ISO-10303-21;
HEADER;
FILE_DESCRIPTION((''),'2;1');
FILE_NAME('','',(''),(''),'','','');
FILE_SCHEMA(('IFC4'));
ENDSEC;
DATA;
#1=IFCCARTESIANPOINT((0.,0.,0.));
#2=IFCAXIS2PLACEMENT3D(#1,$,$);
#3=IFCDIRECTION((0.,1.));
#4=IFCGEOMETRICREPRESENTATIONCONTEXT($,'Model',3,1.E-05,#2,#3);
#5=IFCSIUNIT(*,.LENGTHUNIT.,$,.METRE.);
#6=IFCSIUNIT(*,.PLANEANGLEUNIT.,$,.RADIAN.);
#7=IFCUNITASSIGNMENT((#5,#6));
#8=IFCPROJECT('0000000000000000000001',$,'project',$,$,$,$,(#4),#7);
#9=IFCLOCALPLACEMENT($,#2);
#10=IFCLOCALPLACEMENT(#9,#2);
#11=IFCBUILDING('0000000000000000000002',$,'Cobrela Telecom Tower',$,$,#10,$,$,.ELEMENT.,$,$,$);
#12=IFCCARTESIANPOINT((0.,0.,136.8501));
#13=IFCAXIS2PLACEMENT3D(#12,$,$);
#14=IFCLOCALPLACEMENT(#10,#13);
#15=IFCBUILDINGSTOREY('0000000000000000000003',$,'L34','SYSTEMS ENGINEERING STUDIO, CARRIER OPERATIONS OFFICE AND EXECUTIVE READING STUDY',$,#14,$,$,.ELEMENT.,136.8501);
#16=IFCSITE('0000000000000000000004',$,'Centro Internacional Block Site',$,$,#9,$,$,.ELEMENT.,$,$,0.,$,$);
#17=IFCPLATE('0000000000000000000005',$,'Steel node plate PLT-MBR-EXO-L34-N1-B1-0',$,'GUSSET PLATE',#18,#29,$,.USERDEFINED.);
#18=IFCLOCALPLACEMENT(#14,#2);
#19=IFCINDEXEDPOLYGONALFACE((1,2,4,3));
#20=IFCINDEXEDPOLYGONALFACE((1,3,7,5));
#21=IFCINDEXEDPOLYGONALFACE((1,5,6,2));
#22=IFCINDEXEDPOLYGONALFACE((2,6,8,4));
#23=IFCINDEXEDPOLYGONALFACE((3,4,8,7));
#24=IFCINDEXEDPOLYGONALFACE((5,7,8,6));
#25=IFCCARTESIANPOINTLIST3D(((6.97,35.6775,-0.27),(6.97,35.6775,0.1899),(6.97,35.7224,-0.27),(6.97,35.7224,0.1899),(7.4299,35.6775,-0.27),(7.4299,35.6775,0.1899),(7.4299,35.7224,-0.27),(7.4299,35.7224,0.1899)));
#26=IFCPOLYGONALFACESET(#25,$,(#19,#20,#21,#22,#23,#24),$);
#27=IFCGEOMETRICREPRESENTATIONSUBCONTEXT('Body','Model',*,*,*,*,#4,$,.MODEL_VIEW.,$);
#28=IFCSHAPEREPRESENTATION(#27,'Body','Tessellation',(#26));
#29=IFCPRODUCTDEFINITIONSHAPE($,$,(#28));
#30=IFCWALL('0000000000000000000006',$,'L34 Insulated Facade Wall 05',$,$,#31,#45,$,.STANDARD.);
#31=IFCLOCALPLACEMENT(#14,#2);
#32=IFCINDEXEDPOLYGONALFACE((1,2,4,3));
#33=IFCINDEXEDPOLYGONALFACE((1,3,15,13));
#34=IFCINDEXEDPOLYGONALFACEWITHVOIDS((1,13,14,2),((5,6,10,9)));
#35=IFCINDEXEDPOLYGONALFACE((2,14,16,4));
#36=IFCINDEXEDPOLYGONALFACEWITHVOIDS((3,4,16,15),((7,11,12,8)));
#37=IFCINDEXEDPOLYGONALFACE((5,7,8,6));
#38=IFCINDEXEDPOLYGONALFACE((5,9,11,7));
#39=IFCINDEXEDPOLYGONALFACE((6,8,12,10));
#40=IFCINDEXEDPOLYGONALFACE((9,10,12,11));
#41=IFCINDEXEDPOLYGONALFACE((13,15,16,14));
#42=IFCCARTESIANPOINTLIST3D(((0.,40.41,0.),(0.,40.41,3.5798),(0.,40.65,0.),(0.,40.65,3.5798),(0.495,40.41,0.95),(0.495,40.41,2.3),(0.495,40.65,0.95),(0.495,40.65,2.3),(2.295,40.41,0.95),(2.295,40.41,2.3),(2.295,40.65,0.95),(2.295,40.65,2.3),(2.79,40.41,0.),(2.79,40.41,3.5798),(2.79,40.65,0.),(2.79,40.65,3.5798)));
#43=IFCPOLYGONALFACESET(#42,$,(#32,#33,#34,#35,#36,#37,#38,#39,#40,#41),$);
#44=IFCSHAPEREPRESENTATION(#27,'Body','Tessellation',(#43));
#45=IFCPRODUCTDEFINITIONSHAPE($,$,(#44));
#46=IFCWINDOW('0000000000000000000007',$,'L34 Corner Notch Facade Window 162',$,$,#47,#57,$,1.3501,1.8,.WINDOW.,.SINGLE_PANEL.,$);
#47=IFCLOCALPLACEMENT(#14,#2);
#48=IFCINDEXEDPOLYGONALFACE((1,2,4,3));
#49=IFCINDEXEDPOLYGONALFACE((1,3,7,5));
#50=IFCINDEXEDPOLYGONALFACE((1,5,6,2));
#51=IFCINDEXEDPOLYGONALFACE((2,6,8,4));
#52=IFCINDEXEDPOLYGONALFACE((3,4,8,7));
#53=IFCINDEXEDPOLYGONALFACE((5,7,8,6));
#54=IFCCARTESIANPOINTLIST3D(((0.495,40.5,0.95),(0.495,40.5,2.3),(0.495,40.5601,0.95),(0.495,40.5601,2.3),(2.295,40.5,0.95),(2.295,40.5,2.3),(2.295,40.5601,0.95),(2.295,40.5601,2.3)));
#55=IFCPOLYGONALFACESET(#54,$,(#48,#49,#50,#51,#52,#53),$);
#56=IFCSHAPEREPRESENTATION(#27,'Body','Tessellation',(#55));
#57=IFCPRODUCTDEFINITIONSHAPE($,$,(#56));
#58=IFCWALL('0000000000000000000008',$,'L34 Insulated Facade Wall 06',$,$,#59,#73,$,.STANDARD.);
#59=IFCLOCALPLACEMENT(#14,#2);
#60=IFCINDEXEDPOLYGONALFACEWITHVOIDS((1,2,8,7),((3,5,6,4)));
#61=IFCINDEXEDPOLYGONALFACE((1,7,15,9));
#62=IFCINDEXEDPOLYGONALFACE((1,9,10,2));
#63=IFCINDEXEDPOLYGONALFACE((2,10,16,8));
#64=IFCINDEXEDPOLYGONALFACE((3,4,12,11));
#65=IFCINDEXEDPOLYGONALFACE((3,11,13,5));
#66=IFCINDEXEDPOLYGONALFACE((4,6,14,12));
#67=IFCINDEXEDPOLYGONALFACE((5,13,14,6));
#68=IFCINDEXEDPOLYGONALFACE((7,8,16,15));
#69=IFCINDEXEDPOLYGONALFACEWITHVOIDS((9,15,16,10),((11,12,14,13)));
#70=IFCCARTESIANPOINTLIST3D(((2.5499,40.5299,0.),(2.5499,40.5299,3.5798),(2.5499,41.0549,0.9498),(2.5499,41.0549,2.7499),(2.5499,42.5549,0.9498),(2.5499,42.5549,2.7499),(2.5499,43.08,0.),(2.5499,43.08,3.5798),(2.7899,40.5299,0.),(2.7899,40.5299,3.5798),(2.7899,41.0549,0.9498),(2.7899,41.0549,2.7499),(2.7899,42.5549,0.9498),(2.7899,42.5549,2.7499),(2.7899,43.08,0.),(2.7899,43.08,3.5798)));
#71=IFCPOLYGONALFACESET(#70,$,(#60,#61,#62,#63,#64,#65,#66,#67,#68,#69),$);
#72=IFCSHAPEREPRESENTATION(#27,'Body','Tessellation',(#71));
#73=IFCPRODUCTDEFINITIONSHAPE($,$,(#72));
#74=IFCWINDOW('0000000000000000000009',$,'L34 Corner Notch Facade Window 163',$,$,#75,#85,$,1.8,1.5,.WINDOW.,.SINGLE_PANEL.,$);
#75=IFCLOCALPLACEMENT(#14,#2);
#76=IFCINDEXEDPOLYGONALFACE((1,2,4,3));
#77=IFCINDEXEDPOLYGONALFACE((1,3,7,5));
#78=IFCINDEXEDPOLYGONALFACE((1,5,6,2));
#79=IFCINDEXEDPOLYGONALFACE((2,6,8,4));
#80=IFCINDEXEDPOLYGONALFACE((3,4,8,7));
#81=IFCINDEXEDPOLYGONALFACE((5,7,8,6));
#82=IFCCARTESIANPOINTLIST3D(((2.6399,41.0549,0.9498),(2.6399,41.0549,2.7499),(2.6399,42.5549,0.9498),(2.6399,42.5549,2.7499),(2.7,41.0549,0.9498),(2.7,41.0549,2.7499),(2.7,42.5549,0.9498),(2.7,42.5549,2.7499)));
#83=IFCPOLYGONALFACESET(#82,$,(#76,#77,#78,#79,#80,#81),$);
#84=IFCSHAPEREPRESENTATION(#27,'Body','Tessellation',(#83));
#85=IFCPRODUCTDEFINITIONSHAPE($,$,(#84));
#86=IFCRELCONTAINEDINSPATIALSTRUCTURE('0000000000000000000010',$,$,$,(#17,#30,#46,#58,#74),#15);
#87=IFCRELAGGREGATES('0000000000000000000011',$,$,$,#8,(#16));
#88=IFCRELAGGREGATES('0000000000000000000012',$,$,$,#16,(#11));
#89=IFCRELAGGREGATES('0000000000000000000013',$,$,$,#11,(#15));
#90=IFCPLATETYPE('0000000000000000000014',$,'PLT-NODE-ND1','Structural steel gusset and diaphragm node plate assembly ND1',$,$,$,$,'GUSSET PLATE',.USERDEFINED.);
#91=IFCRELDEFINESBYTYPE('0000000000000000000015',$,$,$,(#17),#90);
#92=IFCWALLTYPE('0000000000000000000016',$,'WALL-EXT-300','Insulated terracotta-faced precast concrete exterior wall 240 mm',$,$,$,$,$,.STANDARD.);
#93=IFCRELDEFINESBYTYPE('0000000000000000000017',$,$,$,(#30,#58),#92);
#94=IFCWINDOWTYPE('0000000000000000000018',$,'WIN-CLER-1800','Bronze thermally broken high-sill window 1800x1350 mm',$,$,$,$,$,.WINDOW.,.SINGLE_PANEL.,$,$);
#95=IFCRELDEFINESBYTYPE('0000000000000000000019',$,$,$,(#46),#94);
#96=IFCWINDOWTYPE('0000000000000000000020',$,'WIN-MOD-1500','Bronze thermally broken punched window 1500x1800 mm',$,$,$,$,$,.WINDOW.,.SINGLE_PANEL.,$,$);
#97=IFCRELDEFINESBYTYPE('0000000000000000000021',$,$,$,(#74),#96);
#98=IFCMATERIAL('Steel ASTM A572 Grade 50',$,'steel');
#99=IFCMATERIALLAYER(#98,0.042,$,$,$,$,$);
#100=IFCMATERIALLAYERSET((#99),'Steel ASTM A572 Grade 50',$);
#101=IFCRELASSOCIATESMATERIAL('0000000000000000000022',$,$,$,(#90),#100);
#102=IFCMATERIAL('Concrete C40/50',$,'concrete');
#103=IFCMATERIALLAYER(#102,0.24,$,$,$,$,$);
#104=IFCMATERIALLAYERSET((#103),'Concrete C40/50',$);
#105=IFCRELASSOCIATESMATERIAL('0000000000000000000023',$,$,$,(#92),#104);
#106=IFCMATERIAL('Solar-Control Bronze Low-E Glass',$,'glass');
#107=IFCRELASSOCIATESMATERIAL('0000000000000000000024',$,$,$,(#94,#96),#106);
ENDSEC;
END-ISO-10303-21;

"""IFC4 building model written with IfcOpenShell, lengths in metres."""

from ifc_helpers import new_model, si_unit, direction, frame, frame_2d, origin, origin_2d, place, context, subcontext, project, spatial, rectangle, extrude, material, layer, layer_set, type_object, element, fill, save


model = new_model("IFC4")

# Units and contexts
model_context = context("Model", 3, precision=1e-05, world=origin(), true_north=direction((0.0, 1.0)))
body_context = subcontext(model_context, "Body", "Model", "MODEL_VIEW")
ifc_project = project(units=[si_unit("LENGTHUNIT", "METRE"), si_unit("PLANEANGLEUNIT", "RADIAN")], contexts=[model_context])

# Site, building, storey
site_placement = place(None, origin())
site = spatial("IfcSite", under=ifc_project, at=site_placement, Name="Centro Internacional Block Site", CompositionType="ELEMENT", RefElevation=0.0)
building_placement = place(site_placement, origin())
building = spatial("IfcBuilding", under=site, at=building_placement, Name="Cobrela Telecom Tower", CompositionType="ELEMENT")
storey_placement = place(building_placement, frame((0.0, 0.0, 136.8501)))
storey = spatial("IfcBuildingStorey", under=building, at=storey_placement, Name="L34", Description="SYSTEMS ENGINEERING STUDIO, CARRIER OPERATIONS OFFICE AND EXECUTIVE READING STUDY", CompositionType="ELEMENT", Elevation=136.8501)

# Shared definitions
ifc_material_1 = material(Name="Steel ASTM A572 Grade 50", Category="steel")

# Plate
ifc_material_2 = material(Name="Solar-Control Bronze Low-E Glass", Category="glass")
ifc_layer_1 = layer(ifc_material_1, 0.042)
ifc_layer_set_1 = layer_set([ifc_layer_1], Name="Steel ASTM A572 Grade 50")
plate_type_1 = type_object("IfcPlateType", Name="PLT-NODE-ND1", Description="Structural steel gusset and diaphragm node plate assembly ND1", ElementType="GUSSET PLATE", PredefinedType="USERDEFINED", material=ifc_layer_set_1)
plate_1_placement = place(storey_placement, frame((7.2, 35.7, -0.27), z_axis=(0.0, 0.0, 1.0), x_axis=(-1.0, 0.0, 0.0)))
element("IfcPlate", 1, at=plate_1_placement, inside=storey, type_object=plate_type_1, Name="Steel node plate PLT-MBR-EXO-L34-N1-B1-0", ObjectType="GUSSET PLATE", PredefinedType="USERDEFINED", context=body_context, shape_type="SweptSolid", body=[
    extrude(rectangle(XDim=0.46, YDim=0.0449, at=origin_2d()), origin(), (0.0, 0.0, 1.0), 0.46),
])

# Walls, openings, windows
ifc_material_3 = material(Name="Concrete C40/50", Category="concrete")
ifc_layer_2 = layer(ifc_material_3, 0.24)
ifc_layer_set_2 = layer_set([ifc_layer_2], Name="Concrete C40/50")
wall_type = type_object("IfcWallType", Name="WALL-EXT-300", Description="Insulated terracotta-faced precast concrete exterior wall 240 mm", PredefinedType="STANDARD", material=ifc_layer_set_2)
wall_1_placement = place(storey_placement, frame((0.0, 40.53, 0.0), z_axis=(0.0, 0.0, 1.0), x_axis=(1.0, 0.0, 0.0)))
wall_1 = element("IfcWall", 2, at=wall_1_placement, inside=storey, type_object=wall_type, Name="L34 Insulated Facade Wall 05", PredefinedType="STANDARD", context=body_context, shape_type="SweptSolid", body=[
    extrude(rectangle(XDim=2.79, YDim=0.24, at=frame_2d((1.395, 0.0))), origin(), (0.0, 0.0, 1.0), 3.5798),
])
opening_1_placement = place(wall_1_placement, frame((0.4951, 0.0, 0.95)))
opening_1 = element("IfcOpeningElement", 3, at=opening_1_placement, cuts=wall_1, PredefinedType="OPENING", context=body_context, shape_type="SweptSolid", body=[
    extrude(rectangle(XDim=1.8, YDim=1.3501, at=frame_2d((0.8999, 0.675))), frame((0.0, 0.1318, 0.0), z_axis=(0.0, -1.0, 0.0), x_axis=(1.0, 0.0, 0.0)), (0.0, 0.0, 1.0), 0.2639),
])
window_type_1 = type_object("IfcWindowType", Name="WIN-CLER-1800", Description="Bronze thermally broken high-sill window 1800x1350 mm", PartitioningType="SINGLE_PANEL", PredefinedType="WINDOW", material=ifc_material_2)
window_1_placement = place(opening_1_placement, origin())
window_1 = element("IfcWindow", 4, at=window_1_placement, inside=storey, type_object=window_type_1, Name="L34 Corner Notch Facade Window 162", OverallHeight=1.3501, OverallWidth=1.8, PartitioningType="SINGLE_PANEL", PredefinedType="WINDOW", context=body_context, shape_type="SweptSolid", body=[
    extrude(rectangle(XDim=1.8, YDim=1.3501, at=frame_2d((0.8999, 0.675))), frame((0.0, 0.03, 0.0), z_axis=(0.0, -1.0, 0.0), x_axis=(1.0, 0.0, 0.0)), (0.0, 0.0, 1.0), 0.0601),
])
fill(opening_1, window_1)
wall_2_placement = place(storey_placement, frame((2.6699, 40.53, 0.0), z_axis=(0.0, 0.0, 1.0), x_axis=(0.0, 1.0, 0.0)))
wall_2 = element("IfcWall", 5, at=wall_2_placement, inside=storey, type_object=wall_type, Name="L34 Insulated Facade Wall 06", PredefinedType="STANDARD", context=body_context, shape_type="SweptSolid", body=[
    extrude(rectangle(XDim=2.55, YDim=0.24, at=frame_2d((1.2749, 0.0))), origin(), (0.0, 0.0, 1.0), 3.5798),
])
opening_2_placement = place(wall_2_placement, frame((0.5249, 0.0, 0.95)))
opening_2 = element("IfcOpeningElement", 6, at=opening_2_placement, cuts=wall_2, PredefinedType="OPENING", context=body_context, shape_type="SweptSolid", body=[
    extrude(rectangle(XDim=1.5, YDim=1.8, at=frame_2d((0.75, 0.8999))), frame((0.0, 0.1318, 0.0), z_axis=(0.0, -1.0, 0.0), x_axis=(1.0, 0.0, 0.0)), (0.0, 0.0, 1.0), 0.2639),
])
window_type_2 = type_object("IfcWindowType", Name="WIN-MOD-1500", Description="Bronze thermally broken punched window 1500x1800 mm", PartitioningType="SINGLE_PANEL", PredefinedType="WINDOW", material=ifc_material_2)
window_2_placement = place(opening_2_placement, origin())
window_2 = element("IfcWindow", 7, at=window_2_placement, inside=storey, type_object=window_type_2, Name="L34 Corner Notch Facade Window 163", OverallHeight=1.8, OverallWidth=1.5, PartitioningType="SINGLE_PANEL", PredefinedType="WINDOW", context=body_context, shape_type="SweptSolid", body=[
    extrude(rectangle(XDim=1.5, YDim=1.8, at=frame_2d((0.75, 0.8999))), frame((0.0, 0.03, 0.0), z_axis=(0.0, -1.0, 0.0), x_axis=(1.0, 0.0, 0.0)), (0.0, 0.0, 1.0), 0.0601),
])
fill(opening_2, window_2)

save(model, "model.ifc")
